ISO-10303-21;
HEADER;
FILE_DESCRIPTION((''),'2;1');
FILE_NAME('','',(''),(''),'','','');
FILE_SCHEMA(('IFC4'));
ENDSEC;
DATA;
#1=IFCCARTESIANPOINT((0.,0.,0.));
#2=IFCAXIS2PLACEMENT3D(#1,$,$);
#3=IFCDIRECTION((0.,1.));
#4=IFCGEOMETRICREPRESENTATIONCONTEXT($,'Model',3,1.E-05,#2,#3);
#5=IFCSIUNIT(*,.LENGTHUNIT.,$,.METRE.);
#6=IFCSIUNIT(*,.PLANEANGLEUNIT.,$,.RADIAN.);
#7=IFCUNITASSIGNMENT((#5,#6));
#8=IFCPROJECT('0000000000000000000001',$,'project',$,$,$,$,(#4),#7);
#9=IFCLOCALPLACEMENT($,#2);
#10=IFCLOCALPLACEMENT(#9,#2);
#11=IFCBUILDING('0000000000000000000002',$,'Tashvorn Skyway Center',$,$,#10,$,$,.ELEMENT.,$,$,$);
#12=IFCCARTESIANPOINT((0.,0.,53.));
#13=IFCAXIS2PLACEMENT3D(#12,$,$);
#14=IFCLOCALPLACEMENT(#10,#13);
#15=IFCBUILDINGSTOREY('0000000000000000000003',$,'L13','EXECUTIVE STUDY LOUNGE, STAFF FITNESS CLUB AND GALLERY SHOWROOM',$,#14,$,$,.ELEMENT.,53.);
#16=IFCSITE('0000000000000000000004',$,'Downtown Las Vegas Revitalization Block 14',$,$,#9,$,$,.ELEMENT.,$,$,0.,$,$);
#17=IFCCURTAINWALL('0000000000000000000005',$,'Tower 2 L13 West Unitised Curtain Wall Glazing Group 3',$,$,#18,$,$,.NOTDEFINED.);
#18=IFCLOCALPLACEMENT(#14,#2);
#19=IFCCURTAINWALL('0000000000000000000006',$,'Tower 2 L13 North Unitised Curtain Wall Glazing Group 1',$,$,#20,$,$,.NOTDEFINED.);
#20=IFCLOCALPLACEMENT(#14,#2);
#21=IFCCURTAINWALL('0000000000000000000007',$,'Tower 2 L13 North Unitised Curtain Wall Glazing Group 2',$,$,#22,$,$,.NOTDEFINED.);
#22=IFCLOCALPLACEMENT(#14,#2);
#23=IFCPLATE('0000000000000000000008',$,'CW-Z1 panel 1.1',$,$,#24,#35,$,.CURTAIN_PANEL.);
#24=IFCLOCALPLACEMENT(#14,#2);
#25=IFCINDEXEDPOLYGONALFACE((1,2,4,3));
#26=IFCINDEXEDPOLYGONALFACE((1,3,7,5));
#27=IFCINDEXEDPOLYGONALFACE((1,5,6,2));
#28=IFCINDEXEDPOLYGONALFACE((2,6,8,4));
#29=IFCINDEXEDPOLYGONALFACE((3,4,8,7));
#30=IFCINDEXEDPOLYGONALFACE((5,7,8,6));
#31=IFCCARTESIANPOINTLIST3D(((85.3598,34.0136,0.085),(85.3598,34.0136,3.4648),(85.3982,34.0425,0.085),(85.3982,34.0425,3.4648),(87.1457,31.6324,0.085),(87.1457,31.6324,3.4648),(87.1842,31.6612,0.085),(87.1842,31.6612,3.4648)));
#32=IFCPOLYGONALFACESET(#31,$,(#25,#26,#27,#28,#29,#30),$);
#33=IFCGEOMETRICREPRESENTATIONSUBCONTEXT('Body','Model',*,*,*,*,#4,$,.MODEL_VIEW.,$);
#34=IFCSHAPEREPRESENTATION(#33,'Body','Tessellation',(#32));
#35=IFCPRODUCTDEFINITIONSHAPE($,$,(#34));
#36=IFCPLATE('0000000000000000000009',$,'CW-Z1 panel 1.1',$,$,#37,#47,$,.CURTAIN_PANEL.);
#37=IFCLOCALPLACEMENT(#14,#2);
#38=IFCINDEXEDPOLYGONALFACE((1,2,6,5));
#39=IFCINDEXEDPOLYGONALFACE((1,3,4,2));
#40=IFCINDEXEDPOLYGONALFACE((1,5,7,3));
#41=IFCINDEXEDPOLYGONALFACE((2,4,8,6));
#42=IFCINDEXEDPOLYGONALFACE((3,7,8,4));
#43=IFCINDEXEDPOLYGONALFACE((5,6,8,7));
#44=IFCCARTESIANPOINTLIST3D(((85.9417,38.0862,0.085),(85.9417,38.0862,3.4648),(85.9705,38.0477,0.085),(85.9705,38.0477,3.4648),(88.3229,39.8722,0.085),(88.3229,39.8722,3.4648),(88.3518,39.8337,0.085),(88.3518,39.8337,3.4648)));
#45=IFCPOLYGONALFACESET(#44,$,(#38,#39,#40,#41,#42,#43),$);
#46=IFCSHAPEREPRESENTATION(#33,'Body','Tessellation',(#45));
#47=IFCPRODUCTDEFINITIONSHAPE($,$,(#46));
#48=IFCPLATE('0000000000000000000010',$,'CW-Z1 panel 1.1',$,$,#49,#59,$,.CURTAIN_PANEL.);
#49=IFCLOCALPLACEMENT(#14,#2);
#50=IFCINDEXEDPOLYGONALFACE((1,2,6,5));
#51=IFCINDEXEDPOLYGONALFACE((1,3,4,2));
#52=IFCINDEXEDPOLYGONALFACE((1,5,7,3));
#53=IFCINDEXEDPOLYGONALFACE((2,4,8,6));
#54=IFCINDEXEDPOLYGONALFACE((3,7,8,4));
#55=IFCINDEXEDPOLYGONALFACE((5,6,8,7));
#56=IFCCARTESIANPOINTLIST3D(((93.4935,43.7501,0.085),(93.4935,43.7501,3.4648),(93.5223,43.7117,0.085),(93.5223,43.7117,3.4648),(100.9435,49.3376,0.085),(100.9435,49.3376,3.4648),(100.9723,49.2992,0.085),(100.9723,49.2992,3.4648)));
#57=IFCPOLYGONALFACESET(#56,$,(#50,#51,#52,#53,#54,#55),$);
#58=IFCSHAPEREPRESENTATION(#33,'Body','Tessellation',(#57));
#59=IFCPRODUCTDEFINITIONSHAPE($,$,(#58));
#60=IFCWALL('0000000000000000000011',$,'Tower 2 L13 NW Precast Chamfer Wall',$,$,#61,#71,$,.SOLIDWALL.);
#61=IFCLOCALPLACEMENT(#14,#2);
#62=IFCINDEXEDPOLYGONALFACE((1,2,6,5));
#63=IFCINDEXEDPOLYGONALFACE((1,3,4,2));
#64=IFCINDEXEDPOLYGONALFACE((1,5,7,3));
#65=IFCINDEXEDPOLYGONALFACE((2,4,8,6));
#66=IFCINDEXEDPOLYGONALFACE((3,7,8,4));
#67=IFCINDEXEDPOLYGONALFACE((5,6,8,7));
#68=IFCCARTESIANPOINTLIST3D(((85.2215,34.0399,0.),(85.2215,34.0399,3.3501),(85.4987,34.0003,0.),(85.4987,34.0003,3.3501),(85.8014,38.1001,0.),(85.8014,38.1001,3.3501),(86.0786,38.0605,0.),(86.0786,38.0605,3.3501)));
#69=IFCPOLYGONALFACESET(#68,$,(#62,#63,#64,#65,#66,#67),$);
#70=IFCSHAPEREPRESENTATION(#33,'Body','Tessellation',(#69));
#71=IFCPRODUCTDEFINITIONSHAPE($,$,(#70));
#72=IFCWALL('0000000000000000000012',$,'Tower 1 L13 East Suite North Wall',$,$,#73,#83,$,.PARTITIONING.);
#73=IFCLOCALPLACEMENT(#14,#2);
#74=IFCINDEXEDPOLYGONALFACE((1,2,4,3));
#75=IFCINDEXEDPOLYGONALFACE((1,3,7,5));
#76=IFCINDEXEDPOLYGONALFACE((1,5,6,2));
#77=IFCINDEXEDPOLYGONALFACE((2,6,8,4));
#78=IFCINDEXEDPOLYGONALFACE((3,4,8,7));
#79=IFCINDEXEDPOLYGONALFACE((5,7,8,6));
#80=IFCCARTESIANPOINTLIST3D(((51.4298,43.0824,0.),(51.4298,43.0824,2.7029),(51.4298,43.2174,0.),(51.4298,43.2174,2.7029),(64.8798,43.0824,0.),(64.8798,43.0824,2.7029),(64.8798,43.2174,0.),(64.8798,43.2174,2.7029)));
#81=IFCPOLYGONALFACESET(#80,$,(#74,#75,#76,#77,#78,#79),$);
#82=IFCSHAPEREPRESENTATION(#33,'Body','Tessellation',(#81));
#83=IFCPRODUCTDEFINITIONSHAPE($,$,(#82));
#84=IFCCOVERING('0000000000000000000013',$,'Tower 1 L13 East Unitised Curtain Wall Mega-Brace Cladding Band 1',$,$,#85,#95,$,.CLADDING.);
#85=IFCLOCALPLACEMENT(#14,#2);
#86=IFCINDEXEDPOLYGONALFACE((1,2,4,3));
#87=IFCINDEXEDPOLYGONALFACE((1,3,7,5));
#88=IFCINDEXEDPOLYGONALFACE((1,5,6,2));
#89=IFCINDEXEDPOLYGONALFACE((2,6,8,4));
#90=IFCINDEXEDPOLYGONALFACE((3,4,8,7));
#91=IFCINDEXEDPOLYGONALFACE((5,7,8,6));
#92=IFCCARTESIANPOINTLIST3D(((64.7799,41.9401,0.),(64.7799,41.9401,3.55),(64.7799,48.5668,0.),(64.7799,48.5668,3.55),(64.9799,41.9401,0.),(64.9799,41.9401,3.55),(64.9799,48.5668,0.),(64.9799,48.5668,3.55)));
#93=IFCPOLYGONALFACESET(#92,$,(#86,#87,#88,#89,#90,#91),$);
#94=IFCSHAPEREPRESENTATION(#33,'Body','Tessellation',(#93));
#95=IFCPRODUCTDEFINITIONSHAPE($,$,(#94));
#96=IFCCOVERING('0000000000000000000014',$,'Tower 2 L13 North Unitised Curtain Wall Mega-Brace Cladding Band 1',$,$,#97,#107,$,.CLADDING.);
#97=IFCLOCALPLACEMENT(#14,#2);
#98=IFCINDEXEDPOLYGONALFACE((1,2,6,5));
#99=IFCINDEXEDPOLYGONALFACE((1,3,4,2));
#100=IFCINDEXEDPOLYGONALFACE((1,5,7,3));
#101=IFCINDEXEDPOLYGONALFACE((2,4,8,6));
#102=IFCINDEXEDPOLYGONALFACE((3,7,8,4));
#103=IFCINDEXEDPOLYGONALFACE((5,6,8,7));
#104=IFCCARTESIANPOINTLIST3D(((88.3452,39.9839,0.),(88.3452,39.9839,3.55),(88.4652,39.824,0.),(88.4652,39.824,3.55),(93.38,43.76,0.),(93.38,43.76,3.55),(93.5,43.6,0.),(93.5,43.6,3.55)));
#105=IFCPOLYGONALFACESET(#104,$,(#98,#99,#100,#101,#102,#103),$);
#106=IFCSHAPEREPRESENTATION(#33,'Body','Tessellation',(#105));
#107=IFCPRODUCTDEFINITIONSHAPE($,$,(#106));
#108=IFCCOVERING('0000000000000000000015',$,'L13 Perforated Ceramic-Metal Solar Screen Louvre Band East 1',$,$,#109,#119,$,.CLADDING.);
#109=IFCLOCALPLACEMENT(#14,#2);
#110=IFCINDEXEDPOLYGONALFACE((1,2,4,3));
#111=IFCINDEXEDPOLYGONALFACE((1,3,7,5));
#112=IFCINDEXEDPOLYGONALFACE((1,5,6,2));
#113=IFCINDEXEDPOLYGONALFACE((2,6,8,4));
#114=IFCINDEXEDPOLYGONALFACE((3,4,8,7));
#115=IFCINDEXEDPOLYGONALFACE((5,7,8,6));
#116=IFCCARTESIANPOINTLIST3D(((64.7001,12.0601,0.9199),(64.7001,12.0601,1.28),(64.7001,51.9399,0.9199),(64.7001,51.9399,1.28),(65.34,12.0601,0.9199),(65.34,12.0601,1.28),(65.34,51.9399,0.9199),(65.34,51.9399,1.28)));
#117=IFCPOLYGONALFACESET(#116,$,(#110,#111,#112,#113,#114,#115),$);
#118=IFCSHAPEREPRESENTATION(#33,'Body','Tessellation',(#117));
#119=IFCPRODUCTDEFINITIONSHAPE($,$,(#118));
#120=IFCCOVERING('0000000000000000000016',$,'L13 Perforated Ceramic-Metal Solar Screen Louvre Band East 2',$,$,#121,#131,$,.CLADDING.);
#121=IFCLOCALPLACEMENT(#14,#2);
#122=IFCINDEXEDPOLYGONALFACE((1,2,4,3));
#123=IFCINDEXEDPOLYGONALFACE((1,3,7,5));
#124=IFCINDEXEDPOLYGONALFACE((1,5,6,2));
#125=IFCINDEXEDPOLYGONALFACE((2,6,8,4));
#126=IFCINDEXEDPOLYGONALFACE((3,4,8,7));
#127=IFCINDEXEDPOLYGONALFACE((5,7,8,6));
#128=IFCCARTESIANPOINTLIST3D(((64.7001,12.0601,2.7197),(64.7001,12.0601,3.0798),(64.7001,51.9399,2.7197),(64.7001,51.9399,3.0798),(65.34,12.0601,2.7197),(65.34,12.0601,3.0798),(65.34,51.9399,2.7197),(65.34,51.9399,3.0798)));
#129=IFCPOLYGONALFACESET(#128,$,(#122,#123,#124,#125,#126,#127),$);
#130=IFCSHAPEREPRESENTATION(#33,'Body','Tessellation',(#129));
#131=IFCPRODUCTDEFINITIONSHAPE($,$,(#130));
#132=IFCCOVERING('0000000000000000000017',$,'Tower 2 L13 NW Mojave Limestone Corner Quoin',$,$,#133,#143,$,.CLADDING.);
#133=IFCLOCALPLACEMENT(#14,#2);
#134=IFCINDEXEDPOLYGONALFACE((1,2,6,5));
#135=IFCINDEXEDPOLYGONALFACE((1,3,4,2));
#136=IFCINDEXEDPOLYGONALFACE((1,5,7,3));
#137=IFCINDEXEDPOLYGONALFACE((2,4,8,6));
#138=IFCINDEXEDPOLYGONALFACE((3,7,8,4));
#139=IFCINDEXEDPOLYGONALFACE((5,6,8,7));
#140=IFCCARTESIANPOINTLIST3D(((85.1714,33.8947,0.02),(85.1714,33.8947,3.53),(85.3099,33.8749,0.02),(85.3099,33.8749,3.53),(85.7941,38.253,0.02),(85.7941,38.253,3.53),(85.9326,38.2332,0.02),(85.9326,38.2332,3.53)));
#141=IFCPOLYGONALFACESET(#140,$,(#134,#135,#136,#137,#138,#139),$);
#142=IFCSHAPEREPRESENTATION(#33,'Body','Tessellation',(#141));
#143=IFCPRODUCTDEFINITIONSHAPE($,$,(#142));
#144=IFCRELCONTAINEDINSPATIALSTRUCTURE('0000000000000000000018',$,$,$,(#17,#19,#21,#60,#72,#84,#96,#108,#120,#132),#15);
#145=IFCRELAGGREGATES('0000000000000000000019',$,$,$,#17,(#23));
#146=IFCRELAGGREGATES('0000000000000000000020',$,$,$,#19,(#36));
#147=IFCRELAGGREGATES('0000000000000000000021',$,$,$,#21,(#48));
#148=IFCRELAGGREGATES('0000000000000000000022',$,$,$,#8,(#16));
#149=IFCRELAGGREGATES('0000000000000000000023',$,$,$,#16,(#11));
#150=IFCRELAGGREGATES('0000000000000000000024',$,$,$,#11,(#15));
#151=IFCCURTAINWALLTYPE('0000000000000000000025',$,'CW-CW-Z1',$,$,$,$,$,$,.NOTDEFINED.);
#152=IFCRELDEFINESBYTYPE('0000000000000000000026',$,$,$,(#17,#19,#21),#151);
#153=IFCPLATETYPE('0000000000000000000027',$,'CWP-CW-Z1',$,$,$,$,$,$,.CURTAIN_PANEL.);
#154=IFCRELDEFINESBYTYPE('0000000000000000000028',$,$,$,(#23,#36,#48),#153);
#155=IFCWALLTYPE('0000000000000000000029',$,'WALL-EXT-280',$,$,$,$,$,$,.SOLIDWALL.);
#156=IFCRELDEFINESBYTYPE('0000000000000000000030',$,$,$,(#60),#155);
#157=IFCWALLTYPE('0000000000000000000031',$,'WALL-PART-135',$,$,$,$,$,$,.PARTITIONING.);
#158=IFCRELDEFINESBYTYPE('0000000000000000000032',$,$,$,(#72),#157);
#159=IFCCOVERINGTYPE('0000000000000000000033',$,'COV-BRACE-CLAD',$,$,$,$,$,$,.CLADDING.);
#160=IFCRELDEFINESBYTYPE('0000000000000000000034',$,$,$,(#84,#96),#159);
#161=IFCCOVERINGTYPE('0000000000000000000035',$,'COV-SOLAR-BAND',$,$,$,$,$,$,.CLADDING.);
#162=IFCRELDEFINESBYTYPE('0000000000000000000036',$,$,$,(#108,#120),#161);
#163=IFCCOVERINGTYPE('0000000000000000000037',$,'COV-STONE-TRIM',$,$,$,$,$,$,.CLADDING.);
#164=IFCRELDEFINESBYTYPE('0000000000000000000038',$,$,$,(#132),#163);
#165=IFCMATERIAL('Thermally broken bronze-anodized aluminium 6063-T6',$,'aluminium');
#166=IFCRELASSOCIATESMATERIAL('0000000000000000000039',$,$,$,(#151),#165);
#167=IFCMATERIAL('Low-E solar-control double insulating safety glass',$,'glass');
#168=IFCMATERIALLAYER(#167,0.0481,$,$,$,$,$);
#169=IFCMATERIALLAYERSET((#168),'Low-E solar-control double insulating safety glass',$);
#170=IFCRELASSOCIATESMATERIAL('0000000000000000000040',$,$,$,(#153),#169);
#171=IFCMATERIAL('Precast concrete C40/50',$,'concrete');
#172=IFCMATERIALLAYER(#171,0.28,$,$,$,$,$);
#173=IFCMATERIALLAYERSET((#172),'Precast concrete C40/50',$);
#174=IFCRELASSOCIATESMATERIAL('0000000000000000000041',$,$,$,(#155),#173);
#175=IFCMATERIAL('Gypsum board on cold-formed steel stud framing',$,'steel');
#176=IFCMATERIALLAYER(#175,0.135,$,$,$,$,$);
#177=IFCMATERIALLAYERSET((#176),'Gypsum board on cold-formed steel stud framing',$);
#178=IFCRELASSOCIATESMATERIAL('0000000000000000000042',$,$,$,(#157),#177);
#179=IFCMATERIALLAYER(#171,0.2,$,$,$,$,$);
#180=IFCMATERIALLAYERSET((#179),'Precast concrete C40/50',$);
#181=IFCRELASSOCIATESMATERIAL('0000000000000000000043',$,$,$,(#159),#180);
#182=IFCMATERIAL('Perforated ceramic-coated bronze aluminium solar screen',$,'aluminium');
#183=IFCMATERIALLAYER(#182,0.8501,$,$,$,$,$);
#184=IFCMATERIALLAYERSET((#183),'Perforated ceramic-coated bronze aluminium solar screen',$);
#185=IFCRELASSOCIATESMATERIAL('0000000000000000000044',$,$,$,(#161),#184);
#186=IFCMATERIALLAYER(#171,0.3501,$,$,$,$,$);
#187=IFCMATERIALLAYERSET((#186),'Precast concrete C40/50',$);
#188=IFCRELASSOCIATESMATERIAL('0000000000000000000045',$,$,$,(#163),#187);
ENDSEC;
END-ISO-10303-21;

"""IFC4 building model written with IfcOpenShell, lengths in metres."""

from ifc_helpers import new_model, si_unit, direction, frame, frame_2d, origin, origin_2d, place, context, subcontext, project, spatial, rectangle, extrude, material, layer, layer_set, type_object, element, aggregate, save


model = new_model("IFC4")

# Units and contexts
model_context = context("Model", 3, precision=1e-05, world=origin(), true_north=direction((0.0, 1.0)))
body_context = subcontext(model_context, "Body", "Model", "MODEL_VIEW")
ifc_project = project(units=[si_unit("LENGTHUNIT", "METRE"), si_unit("PLANEANGLEUNIT", "RADIAN")], contexts=[model_context])

# Site, building, storey
site_placement = place(None, origin())
site = spatial("IfcSite", under=ifc_project, at=site_placement, Name="Downtown Las Vegas Revitalization Block 14", CompositionType="ELEMENT", RefElevation=0.0)
building_placement = place(site_placement, origin())
building = spatial("IfcBuilding", under=site, at=building_placement, Name="Tashvorn Skyway Center", CompositionType="ELEMENT")
storey_placement = place(building_placement, frame((0.0, 0.0, 53.0)))
storey = spatial("IfcBuildingStorey", under=building, at=storey_placement, Name="L13", Description="EXECUTIVE STUDY LOUNGE, STAFF FITNESS CLUB AND GALLERY SHOWROOM", CompositionType="ELEMENT", Elevation=53.0)

# Curtain walls
ifc_material_1 = material(Name="Thermally broken bronze-anodized aluminium 6063-T6", Category="aluminium")
curtain_wall_type = type_object("IfcCurtainWallType", Name="CW-CW-Z1", PredefinedType="NOTDEFINED", material=ifc_material_1)
curtain_wall_1_placement = place(storey_placement, origin())
curtain_wall_1 = element("IfcCurtainWall", 1, at=curtain_wall_1_placement, inside=storey, type_object=curtain_wall_type, Name="Tower 2 L13 West Unitised Curtain Wall Glazing Group 3", PredefinedType="NOTDEFINED")
curtain_wall_2_placement = place(storey_placement, origin())
curtain_wall_2 = element("IfcCurtainWall", 2, at=curtain_wall_2_placement, inside=storey, type_object=curtain_wall_type, Name="Tower 2 L13 North Unitised Curtain Wall Glazing Group 1", PredefinedType="NOTDEFINED")

# Curtain wall
curtain_wall_3_placement = place(storey_placement, origin())
curtain_wall_3 = element("IfcCurtainWall", 3, at=curtain_wall_3_placement, inside=storey, type_object=curtain_wall_type, Name="Tower 2 L13 North Unitised Curtain Wall Glazing Group 2", PredefinedType="NOTDEFINED")

# Plates
ifc_material_2 = material(Name="Low-E solar-control double insulating safety glass", Category="glass")
ifc_layer_1 = layer(ifc_material_2, 0.0481)
ifc_layer_set_1 = layer_set([ifc_layer_1], Name="Low-E solar-control double insulating safety glass")
plate_type = type_object("IfcPlateType", Name="CWP-CW-Z1", PredefinedType="CURTAIN_PANEL", material=ifc_layer_set_1)
plate_1_placement = place(storey_placement, frame((86.272, 32.8374, 0.085), z_axis=(0.0, 0.0, 1.0), x_axis=(-0.600005, 0.799996, 0.0)))
plate_1 = element("IfcPlate", 4, at=plate_1_placement, type_object=plate_type, Name="CW-Z1 panel 1.1", PredefinedType="CURTAIN_PANEL", context=body_context, shape_type="SweptSolid", body=[
    extrude(rectangle(XDim=2.9766, YDim=0.0481, at=origin_2d()), origin(), (0.0, 0.0, 1.0), 3.3799),
])
aggregate(curtain_wall_1, [plate_1])
plate_2_placement = place(storey_placement, frame((87.1467, 38.96, 0.085), z_axis=(0.0, 0.0, 1.0), x_axis=(0.799996, 0.600005, 0.0)))
plate_2 = element("IfcPlate", 5, at=plate_2_placement, type_object=plate_type, Name="CW-Z1 panel 1.1", PredefinedType="CURTAIN_PANEL", context=body_context, shape_type="SweptSolid", body=[
    extrude(rectangle(XDim=2.9766, YDim=0.0481, at=origin_2d()), origin(), (0.0, 0.0, 1.0), 3.3799),
])
aggregate(curtain_wall_2, [plate_2])
plate_3_placement = place(storey_placement, frame((97.2329, 46.5247, 0.085), z_axis=(0.0, 0.0, 1.0), x_axis=(0.8, 0.6, 0.0)))
plate_3 = element("IfcPlate", 6, at=plate_3_placement, type_object=plate_type, Name="CW-Z1 panel 1.1", PredefinedType="CURTAIN_PANEL", context=body_context, shape_type="SweptSolid", body=[
    extrude(rectangle(XDim=9.3125, YDim=0.0481, at=origin_2d()), origin(), (0.0, 0.0, 1.0), 3.3799),
])
aggregate(curtain_wall_3, [plate_3])

# Walls
ifc_material_3 = material(Name="Precast concrete C40/50", Category="concrete")
ifc_layer_2 = layer(ifc_material_3, 0.28)
ifc_layer_set_2 = layer_set([ifc_layer_2], Name="Precast concrete C40/50")
wall_type_1 = type_object("IfcWallType", Name="WALL-EXT-280", PredefinedType="SOLIDWALL", material=ifc_layer_set_2)
wall_1_placement = place(storey_placement, frame((85.3601, 34.02, 0.0), z_axis=(0.0, 0.0, 1.0), x_axis=(0.14138, 0.989955, 0.0)))
element("IfcWall", 7, at=wall_1_placement, inside=storey, type_object=wall_type_1, Name="Tower 2 L13 NW Precast Chamfer Wall", PredefinedType="SOLIDWALL", context=body_context, shape_type="SweptSolid", body=[
    extrude(rectangle(XDim=4.1013, YDim=0.28, at=frame_2d((2.0508, 0.0))), origin(), (0.0, 0.0, 1.0), 3.3501),
])
ifc_material_4 = material(Name="Gypsum board on cold-formed steel stud framing", Category="steel")
ifc_layer_3 = layer(ifc_material_4, 0.135)
ifc_layer_set_3 = layer_set([ifc_layer_3], Name="Gypsum board on cold-formed steel stud framing")
wall_type_2 = type_object("IfcWallType", Name="WALL-PART-135", PredefinedType="PARTITIONING", material=ifc_layer_set_3)
wall_2_placement = place(storey_placement, frame((64.8799, 43.1499, 0.0), z_axis=(0.0, 0.0, 1.0), x_axis=(-1.0, 0.0, 0.0)))
element("IfcWall", 8, at=wall_2_placement, inside=storey, type_object=wall_type_2, Name="Tower 1 L13 East Suite North Wall", PredefinedType="PARTITIONING", context=body_context, shape_type="SweptSolid", body=[
    extrude(rectangle(XDim=13.45, YDim=0.135, at=frame_2d((6.7251, 0.0))), origin(), (0.0, 0.0, 1.0), 2.7029),
])

# Coverings
ifc_layer_4 = layer(ifc_material_3, 0.2)
ifc_layer_set_4 = layer_set([ifc_layer_4], Name="Precast concrete C40/50")
covering_type_1 = type_object("IfcCoveringType", Name="COV-BRACE-CLAD", PredefinedType="CLADDING", material=ifc_layer_set_4)
covering_1_placement = place(storey_placement, frame((64.8799, 45.2534, 0.0), z_axis=(0.0, 0.0, 1.0), x_axis=(0.0, -1.0, 0.0)))
element("IfcCovering", 9, at=covering_1_placement, inside=storey, type_object=covering_type_1, Name="Tower 1 L13 East Unitised Curtain Wall Mega-Brace Cladding Band 1", PredefinedType="CLADDING", context=body_context, shape_type="SweptSolid", body=[
    extrude(rectangle(XDim=6.6267, YDim=0.2, at=origin_2d()), origin(), (0.0, 0.0, 1.0), 3.55),
])
covering_2_placement = place(storey_placement, frame((90.9226, 41.792, 0.0), z_axis=(0.0, 0.0, 1.0), x_axis=(0.8, 0.6, 0.0)))
element("IfcCovering", 10, at=covering_2_placement, inside=storey, type_object=covering_type_1, Name="Tower 2 L13 North Unitised Curtain Wall Mega-Brace Cladding Band 1", PredefinedType="CLADDING", context=body_context, shape_type="SweptSolid", body=[
    extrude(rectangle(XDim=6.2935, YDim=0.2, at=origin_2d()), origin(), (0.0, 0.0, 1.0), 3.55),
])
ifc_material_5 = material(Name="Perforated ceramic-coated bronze aluminium solar screen", Category="aluminium")
ifc_layer_5 = layer(ifc_material_5, 0.8501)
ifc_layer_set_5 = layer_set([ifc_layer_5], Name="Perforated ceramic-coated bronze aluminium solar screen")
covering_type_2 = type_object("IfcCoveringType", Name="COV-SOLAR-BAND", PredefinedType="CLADDING", material=ifc_layer_set_5)
for number, where, z_axis, x_axis, name in (
    (11, (65.02, 32.0, 0.9199), (0.0, 0.0, 1.0), (0.0, -1.0, 0.0), "L13 Perforated Ceramic-Metal Solar Screen Louvre Band East 1"),
    (12, (65.02, 32.0, 2.7197), (0.0, 0.0, 1.0), (0.0, -1.0, 0.0), "L13 Perforated Ceramic-Metal Solar Screen Louvre Band East 2"),
):
    element("IfcCovering", number, at=place(storey_placement, frame(where, z_axis=z_axis, x_axis=x_axis)), inside=storey, type_object=covering_type_2, Name=name, PredefinedType="CLADDING", context=body_context, shape_type="SweptSolid", body=[
        extrude(rectangle(XDim=39.8799, YDim=0.6399, at=origin_2d()), origin(), (0.0, 0.0, 1.0), 0.3601),
    ])
ifc_layer_6 = layer(ifc_material_3, 0.3501)
ifc_layer_set_6 = layer_set([ifc_layer_6], Name="Precast concrete C40/50")
covering_type_3 = type_object("IfcCoveringType", Name="COV-STONE-TRIM", PredefinedType="CLADDING", material=ifc_layer_set_6)
covering_3_placement = place(storey_placement, frame((85.552, 36.064, 0.02), z_axis=(0.0, 0.0, 1.0), x_axis=(-0.141421, -0.989949, 0.0)))
element("IfcCovering", 13, at=covering_3_placement, inside=storey, type_object=covering_type_3, Name="Tower 2 L13 NW Mojave Limestone Corner Quoin", PredefinedType="CLADDING", context=body_context, shape_type="SweptSolid", body=[
    extrude(rectangle(XDim=4.4026, YDim=0.1399, at=origin_2d()), origin(), (0.0, 0.0, 1.0), 3.51),
])

save(model, "model.ifc")
